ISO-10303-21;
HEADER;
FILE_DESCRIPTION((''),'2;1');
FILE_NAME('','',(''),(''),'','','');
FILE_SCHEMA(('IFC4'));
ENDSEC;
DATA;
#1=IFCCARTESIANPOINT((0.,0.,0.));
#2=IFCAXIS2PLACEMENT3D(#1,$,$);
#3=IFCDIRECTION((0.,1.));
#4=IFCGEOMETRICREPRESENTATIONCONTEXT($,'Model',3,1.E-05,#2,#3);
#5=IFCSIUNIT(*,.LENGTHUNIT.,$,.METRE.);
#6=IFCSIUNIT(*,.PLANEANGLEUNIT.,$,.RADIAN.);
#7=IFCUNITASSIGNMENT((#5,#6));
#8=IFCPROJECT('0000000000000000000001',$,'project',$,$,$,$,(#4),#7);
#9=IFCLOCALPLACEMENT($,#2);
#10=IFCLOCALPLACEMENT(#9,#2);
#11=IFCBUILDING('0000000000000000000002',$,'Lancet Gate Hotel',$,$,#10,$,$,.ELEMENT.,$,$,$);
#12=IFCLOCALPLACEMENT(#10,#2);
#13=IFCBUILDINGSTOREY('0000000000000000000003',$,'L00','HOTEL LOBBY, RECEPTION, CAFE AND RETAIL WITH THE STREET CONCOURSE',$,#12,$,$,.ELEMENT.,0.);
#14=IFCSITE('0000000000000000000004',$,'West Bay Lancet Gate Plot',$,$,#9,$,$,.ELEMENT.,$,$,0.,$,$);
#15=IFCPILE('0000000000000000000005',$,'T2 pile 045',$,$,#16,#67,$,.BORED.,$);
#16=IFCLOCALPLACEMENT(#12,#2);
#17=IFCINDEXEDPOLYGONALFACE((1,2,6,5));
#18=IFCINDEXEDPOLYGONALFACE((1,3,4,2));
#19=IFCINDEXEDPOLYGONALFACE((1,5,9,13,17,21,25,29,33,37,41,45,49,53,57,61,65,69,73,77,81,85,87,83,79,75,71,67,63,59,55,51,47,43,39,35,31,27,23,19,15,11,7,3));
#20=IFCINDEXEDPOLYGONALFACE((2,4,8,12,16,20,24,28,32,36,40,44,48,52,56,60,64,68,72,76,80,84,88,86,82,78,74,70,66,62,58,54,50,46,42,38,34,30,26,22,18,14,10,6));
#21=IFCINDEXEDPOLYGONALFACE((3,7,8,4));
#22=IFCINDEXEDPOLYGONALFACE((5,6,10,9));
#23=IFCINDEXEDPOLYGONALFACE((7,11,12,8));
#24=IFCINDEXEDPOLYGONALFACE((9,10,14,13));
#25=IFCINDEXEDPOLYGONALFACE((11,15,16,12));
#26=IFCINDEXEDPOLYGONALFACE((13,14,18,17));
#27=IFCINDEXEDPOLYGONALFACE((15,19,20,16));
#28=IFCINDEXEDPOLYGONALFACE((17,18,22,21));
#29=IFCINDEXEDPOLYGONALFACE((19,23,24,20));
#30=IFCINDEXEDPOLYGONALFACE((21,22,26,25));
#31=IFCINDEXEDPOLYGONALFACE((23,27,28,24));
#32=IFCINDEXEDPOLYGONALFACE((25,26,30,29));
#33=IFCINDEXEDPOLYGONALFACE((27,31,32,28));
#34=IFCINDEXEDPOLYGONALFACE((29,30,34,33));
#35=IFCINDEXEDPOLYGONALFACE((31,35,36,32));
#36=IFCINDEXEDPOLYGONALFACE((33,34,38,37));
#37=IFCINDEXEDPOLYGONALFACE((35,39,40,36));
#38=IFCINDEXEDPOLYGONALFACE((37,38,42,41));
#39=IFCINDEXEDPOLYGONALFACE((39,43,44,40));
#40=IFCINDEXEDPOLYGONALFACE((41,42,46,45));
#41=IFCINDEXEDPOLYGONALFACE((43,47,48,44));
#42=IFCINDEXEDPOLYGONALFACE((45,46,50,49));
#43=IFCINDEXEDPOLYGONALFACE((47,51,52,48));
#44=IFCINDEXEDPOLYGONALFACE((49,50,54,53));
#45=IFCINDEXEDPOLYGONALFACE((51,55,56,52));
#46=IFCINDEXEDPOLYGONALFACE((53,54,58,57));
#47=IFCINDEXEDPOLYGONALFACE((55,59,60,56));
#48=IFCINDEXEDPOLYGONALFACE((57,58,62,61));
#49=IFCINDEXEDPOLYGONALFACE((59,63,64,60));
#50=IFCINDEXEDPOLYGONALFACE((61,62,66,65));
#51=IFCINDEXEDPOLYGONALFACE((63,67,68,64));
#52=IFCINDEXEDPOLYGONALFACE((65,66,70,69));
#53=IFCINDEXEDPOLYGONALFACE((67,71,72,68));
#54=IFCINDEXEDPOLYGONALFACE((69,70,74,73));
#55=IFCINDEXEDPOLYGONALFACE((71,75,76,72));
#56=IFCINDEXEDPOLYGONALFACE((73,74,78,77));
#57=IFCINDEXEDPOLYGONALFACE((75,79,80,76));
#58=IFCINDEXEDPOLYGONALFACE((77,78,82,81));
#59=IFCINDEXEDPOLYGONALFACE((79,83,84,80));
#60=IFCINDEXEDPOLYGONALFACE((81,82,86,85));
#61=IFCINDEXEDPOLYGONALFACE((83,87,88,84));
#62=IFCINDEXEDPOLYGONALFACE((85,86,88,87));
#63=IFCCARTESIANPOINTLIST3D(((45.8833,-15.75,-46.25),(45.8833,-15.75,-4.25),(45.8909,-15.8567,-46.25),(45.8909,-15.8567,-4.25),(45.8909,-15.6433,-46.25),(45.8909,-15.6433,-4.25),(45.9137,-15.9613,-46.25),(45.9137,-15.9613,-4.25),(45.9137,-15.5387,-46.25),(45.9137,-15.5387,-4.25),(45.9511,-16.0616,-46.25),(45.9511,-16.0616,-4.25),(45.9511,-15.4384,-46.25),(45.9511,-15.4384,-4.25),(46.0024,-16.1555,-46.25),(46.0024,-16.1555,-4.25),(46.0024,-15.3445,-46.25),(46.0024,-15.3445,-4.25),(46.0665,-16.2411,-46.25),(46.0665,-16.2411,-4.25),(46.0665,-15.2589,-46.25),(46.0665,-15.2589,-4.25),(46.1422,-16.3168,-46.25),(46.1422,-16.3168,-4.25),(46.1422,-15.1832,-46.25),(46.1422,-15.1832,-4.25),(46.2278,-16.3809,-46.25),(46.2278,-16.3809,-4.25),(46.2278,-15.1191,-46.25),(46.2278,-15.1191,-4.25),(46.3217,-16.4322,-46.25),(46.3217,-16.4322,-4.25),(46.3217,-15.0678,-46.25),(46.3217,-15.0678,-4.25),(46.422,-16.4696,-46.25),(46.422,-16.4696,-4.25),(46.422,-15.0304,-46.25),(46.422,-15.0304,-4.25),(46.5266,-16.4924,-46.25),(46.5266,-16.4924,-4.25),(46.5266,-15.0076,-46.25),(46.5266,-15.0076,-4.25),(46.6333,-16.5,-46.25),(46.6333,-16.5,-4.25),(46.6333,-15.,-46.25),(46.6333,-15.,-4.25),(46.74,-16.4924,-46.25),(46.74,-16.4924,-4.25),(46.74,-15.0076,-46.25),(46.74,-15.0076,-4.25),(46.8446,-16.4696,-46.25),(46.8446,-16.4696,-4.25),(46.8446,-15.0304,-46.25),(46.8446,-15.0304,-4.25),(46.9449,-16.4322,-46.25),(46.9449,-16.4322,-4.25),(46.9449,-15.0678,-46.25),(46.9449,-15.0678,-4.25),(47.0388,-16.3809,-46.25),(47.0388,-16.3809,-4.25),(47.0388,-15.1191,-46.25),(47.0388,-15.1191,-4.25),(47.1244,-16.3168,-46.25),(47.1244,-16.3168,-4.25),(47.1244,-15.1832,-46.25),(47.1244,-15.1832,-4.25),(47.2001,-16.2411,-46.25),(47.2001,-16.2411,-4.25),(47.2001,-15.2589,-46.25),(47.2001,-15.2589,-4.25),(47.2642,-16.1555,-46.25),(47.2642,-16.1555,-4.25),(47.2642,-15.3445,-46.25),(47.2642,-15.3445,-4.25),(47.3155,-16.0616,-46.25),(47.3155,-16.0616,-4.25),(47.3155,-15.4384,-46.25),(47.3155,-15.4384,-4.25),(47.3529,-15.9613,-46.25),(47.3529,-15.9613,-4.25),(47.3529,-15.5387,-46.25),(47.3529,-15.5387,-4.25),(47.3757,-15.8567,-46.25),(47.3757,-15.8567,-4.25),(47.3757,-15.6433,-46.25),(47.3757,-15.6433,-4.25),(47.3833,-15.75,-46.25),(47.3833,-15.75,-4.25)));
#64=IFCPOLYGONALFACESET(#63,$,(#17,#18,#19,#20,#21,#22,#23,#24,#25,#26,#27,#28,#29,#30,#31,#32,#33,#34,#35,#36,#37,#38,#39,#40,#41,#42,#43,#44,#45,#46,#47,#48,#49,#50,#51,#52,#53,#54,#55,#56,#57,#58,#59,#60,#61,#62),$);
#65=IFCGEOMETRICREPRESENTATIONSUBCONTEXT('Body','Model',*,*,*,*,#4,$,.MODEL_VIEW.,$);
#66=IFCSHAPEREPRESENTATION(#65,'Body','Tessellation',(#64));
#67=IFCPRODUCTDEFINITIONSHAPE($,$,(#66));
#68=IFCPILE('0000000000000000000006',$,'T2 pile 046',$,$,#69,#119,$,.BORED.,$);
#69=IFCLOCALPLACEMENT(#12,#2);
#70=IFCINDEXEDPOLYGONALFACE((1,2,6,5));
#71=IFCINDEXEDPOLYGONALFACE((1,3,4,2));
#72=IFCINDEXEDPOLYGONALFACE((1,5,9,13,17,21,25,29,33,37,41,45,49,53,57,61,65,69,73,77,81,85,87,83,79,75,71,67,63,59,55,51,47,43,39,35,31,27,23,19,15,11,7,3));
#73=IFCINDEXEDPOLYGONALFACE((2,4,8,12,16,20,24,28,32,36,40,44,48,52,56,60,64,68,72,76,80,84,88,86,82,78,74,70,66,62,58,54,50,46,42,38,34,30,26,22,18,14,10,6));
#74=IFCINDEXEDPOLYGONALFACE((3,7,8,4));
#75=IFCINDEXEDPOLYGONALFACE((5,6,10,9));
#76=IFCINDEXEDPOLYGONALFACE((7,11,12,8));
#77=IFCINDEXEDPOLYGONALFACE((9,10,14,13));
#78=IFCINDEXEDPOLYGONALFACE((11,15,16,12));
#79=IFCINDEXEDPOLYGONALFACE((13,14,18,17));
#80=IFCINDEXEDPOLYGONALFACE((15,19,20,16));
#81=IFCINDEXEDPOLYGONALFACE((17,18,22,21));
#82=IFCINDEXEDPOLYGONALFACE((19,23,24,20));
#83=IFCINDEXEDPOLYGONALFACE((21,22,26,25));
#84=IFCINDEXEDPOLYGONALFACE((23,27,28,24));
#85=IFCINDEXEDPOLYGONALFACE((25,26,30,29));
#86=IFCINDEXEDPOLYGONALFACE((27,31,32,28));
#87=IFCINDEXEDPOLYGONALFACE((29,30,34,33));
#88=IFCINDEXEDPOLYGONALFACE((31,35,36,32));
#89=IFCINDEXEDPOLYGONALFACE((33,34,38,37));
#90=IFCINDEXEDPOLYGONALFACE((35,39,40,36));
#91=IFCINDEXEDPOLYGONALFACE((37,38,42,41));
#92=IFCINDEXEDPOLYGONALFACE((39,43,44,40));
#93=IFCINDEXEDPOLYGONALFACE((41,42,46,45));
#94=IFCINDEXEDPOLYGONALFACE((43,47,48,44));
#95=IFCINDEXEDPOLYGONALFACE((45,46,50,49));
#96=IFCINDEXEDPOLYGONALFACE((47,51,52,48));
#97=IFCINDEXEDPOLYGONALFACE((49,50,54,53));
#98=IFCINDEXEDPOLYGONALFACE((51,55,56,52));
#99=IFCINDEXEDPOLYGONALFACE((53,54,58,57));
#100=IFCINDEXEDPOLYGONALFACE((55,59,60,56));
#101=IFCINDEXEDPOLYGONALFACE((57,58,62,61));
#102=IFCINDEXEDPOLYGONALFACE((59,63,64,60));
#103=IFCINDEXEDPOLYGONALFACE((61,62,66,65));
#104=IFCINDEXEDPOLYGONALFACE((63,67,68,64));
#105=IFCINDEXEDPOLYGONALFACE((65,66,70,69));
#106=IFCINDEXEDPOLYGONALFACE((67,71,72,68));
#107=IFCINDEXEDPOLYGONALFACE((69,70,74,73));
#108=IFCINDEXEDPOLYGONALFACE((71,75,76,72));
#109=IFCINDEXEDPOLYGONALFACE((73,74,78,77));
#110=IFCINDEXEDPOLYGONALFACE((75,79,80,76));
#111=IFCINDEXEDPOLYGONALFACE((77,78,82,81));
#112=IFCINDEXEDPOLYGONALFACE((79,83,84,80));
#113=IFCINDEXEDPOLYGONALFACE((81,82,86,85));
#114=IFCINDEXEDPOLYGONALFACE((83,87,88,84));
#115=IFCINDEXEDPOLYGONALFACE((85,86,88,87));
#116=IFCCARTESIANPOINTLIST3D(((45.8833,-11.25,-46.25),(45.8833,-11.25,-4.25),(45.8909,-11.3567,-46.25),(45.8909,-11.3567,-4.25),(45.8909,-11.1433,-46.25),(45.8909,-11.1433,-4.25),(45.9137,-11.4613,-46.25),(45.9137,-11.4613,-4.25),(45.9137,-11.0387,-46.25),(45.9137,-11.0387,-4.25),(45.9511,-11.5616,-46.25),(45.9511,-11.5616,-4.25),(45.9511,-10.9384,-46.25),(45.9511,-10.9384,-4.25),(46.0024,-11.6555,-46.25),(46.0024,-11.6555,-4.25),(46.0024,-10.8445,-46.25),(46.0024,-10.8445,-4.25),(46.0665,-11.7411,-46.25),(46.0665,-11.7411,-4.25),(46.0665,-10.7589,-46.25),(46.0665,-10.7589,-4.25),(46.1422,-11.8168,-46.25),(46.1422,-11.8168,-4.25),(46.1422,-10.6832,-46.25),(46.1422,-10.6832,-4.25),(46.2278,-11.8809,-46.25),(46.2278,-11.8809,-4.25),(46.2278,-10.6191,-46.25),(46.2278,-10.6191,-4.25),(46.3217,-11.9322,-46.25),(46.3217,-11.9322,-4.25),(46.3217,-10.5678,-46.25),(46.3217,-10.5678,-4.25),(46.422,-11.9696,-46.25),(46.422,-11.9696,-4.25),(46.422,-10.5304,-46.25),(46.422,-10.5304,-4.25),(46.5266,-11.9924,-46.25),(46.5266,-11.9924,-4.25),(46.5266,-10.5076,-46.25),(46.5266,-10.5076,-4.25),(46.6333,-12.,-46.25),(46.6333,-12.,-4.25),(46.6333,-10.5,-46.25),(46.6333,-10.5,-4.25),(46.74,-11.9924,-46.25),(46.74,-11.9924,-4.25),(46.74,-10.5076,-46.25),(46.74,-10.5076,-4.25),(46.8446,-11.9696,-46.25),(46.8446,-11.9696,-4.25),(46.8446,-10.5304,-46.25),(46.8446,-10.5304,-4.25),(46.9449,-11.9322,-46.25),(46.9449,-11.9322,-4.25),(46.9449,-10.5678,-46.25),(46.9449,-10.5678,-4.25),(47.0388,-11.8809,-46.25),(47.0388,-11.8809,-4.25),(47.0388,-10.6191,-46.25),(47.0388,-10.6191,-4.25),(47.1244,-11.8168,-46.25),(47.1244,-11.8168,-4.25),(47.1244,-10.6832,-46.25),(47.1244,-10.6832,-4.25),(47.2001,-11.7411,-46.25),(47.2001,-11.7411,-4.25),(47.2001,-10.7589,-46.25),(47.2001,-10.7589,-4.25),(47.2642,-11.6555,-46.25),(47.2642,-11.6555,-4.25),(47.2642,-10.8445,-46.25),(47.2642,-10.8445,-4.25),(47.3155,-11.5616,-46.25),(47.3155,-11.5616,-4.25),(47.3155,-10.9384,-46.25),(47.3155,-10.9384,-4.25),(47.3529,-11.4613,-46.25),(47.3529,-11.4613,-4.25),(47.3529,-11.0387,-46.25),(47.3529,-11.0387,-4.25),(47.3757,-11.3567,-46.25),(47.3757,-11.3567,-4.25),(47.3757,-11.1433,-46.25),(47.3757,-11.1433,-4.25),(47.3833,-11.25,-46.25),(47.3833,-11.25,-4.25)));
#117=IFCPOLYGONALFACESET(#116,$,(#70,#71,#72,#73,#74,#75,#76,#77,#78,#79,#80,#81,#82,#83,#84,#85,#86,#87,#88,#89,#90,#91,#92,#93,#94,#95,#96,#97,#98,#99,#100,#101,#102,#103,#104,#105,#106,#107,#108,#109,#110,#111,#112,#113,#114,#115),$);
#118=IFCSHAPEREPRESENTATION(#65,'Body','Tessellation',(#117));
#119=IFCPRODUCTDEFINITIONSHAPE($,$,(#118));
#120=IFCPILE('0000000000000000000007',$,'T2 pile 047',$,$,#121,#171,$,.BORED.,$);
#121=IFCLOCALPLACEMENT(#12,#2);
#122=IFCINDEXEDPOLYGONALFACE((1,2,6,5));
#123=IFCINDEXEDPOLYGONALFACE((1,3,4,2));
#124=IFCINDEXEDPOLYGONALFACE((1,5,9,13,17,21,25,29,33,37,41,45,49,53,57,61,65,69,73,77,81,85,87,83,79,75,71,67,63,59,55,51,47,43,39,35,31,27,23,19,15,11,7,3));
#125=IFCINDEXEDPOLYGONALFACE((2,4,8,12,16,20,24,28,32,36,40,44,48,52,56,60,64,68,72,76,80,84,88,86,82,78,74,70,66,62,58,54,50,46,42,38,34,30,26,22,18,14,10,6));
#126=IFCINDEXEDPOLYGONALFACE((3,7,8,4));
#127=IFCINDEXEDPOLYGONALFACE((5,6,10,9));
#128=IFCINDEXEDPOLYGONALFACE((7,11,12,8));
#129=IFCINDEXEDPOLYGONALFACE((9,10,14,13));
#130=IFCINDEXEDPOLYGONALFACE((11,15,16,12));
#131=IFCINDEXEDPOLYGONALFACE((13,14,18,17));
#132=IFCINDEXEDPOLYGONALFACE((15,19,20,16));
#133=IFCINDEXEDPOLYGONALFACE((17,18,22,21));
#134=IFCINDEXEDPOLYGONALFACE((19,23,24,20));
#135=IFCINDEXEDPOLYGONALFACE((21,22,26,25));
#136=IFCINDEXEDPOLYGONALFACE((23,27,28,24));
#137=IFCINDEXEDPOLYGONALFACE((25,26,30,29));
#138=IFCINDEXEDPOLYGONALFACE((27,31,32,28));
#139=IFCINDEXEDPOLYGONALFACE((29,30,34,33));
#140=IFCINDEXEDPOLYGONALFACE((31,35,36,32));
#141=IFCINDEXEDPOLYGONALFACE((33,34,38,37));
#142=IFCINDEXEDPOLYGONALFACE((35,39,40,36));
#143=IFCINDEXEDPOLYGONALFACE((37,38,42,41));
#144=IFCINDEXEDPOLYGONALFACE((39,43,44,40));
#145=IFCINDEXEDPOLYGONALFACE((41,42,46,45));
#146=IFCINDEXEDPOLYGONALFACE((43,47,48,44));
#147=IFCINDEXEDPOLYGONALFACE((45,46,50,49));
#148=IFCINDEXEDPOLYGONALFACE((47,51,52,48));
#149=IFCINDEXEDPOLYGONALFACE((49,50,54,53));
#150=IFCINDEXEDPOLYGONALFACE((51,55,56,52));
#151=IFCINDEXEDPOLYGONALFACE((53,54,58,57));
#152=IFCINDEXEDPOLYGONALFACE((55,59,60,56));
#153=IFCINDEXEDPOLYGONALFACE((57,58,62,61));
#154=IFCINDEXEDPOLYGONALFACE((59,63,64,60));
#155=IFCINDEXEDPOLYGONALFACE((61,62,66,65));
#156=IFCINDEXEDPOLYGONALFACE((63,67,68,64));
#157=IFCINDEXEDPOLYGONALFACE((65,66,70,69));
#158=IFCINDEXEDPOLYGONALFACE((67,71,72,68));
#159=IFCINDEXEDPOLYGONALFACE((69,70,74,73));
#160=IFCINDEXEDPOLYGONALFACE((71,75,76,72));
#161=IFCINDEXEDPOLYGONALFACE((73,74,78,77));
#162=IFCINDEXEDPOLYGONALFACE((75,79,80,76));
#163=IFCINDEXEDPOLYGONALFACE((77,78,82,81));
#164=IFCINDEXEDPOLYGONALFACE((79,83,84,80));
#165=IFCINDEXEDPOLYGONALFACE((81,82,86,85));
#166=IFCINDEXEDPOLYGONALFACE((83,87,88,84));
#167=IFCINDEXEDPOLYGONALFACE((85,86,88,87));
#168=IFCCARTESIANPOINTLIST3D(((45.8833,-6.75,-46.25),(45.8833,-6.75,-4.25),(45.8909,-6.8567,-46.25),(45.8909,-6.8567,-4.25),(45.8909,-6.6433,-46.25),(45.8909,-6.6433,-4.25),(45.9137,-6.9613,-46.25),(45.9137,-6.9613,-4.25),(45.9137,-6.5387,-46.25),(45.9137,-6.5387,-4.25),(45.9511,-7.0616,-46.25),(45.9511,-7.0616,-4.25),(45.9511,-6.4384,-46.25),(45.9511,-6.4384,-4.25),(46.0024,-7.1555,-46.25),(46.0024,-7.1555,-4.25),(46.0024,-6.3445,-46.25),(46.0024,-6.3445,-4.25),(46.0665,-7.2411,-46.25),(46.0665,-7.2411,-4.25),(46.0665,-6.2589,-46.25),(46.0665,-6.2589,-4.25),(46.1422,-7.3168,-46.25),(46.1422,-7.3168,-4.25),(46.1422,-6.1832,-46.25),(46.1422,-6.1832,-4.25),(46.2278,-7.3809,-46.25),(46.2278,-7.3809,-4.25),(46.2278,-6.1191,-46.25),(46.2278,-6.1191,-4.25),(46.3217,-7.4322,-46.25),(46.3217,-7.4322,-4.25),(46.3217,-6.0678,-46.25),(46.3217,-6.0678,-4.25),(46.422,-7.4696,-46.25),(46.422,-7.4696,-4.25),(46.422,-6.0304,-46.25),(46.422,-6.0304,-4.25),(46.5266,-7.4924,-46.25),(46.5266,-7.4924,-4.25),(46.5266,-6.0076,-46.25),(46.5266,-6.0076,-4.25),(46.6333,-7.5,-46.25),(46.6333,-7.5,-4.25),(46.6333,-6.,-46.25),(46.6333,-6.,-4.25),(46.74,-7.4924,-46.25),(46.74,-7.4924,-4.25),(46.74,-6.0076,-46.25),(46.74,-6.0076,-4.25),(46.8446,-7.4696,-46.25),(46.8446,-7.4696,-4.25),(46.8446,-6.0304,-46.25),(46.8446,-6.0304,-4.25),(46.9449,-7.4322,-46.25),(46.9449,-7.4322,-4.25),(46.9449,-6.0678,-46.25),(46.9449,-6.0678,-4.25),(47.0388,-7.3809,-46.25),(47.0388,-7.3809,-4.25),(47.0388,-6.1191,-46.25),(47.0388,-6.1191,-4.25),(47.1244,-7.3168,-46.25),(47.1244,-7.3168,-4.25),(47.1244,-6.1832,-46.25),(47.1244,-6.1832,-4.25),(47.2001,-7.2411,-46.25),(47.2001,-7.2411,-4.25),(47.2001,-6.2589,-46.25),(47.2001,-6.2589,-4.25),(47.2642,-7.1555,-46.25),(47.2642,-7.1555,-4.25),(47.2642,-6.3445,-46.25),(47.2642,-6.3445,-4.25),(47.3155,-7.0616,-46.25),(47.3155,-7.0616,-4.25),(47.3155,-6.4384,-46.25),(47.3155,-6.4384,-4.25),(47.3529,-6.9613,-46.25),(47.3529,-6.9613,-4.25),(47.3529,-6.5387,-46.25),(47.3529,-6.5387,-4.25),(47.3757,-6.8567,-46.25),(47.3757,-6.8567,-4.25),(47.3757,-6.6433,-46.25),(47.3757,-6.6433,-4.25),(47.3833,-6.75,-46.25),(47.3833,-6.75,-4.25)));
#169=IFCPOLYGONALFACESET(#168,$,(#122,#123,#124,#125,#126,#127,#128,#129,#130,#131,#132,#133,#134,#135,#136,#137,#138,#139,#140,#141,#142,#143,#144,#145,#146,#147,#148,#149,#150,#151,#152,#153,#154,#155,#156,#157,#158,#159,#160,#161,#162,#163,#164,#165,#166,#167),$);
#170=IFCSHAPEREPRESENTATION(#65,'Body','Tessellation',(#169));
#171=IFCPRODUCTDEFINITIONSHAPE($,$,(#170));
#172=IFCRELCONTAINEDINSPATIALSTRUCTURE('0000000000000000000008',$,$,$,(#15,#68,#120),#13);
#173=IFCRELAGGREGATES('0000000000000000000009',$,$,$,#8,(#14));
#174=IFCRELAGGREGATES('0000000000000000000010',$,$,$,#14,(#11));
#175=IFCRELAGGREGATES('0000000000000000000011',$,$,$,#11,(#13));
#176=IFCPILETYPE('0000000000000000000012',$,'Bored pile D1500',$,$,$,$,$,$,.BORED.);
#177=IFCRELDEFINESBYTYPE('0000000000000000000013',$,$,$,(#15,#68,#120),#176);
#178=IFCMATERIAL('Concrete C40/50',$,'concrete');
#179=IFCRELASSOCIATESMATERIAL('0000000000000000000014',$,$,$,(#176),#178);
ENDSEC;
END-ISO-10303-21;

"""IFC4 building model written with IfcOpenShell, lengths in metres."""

from ifc_helpers import new_model, si_unit, direction, frame, origin, origin_2d, place, context, subcontext, project, spatial, circle, extrude, material, material_profile, profile_set, type_object, element, save


model = new_model("IFC4")

# Units and contexts
model_context = context("Model", 3, precision=1e-05, world=origin(), true_north=direction((0.0, 1.0)))
body_context = subcontext(model_context, "Body", "Model", "MODEL_VIEW")
ifc_project = project(units=[si_unit("LENGTHUNIT", "METRE"), si_unit("PLANEANGLEUNIT", "RADIAN")], contexts=[model_context])

# Site, building, storey
site_placement = place(None, origin())
site = spatial("IfcSite", under=ifc_project, at=site_placement, Name="West Bay Lancet Gate Plot", CompositionType="ELEMENT", RefElevation=0.0)
building_placement = place(site_placement, origin())
building = spatial("IfcBuilding", under=site, at=building_placement, Name="Lancet Gate Hotel", CompositionType="ELEMENT")
storey_placement = place(building_placement, origin())
storey = spatial("IfcBuildingStorey", under=building, at=storey_placement, Name="L00", Description="HOTEL LOBBY, RECEPTION, CAFE AND RETAIL WITH THE STREET CONCOURSE", CompositionType="ELEMENT", Elevation=0.0)

# Piles
ifc_material_1 = material(Name="Concrete C40/50", Category="concrete")
ifc_material_profile_1 = material_profile(ifc_material_1, circle(Radius=0.75, at=origin_2d()), Name="PILE D1500")
ifc_profile_set_1 = profile_set([ifc_material_profile_1], Name="Concrete C40/50")
pile_type = type_object("IfcPileType", Name="Bored pile D1500", PredefinedType="BORED", material=ifc_profile_set_1)
for number, where, z_axis, x_axis, name in (
    (1, (46.6333, -15.75, -4.25), (0.0, 0.0, -1.0), (1.0, 0.0, 0.0), "T2 pile 045"),
    (2, (46.6333, -11.25, -4.25), (0.0, 0.0, -1.0), (1.0, 0.0, 0.0), "T2 pile 046"),
    (3, (46.6333, -6.75, -4.25), (0.0, 0.0, -1.0), (1.0, 0.0, 0.0), "T2 pile 047"),
):
    element("IfcPile", number, at=place(storey_placement, frame(where, z_axis=z_axis, x_axis=x_axis)), inside=storey, type_object=pile_type, Name=name, PredefinedType="BORED", context=body_context, shape_type="SweptSolid", body=[
        extrude(circle(Radius=0.75, at=origin_2d()), origin(), (0.0, 0.0, 1.0), 42.0),
    ])

save(model, "model.ifc")
